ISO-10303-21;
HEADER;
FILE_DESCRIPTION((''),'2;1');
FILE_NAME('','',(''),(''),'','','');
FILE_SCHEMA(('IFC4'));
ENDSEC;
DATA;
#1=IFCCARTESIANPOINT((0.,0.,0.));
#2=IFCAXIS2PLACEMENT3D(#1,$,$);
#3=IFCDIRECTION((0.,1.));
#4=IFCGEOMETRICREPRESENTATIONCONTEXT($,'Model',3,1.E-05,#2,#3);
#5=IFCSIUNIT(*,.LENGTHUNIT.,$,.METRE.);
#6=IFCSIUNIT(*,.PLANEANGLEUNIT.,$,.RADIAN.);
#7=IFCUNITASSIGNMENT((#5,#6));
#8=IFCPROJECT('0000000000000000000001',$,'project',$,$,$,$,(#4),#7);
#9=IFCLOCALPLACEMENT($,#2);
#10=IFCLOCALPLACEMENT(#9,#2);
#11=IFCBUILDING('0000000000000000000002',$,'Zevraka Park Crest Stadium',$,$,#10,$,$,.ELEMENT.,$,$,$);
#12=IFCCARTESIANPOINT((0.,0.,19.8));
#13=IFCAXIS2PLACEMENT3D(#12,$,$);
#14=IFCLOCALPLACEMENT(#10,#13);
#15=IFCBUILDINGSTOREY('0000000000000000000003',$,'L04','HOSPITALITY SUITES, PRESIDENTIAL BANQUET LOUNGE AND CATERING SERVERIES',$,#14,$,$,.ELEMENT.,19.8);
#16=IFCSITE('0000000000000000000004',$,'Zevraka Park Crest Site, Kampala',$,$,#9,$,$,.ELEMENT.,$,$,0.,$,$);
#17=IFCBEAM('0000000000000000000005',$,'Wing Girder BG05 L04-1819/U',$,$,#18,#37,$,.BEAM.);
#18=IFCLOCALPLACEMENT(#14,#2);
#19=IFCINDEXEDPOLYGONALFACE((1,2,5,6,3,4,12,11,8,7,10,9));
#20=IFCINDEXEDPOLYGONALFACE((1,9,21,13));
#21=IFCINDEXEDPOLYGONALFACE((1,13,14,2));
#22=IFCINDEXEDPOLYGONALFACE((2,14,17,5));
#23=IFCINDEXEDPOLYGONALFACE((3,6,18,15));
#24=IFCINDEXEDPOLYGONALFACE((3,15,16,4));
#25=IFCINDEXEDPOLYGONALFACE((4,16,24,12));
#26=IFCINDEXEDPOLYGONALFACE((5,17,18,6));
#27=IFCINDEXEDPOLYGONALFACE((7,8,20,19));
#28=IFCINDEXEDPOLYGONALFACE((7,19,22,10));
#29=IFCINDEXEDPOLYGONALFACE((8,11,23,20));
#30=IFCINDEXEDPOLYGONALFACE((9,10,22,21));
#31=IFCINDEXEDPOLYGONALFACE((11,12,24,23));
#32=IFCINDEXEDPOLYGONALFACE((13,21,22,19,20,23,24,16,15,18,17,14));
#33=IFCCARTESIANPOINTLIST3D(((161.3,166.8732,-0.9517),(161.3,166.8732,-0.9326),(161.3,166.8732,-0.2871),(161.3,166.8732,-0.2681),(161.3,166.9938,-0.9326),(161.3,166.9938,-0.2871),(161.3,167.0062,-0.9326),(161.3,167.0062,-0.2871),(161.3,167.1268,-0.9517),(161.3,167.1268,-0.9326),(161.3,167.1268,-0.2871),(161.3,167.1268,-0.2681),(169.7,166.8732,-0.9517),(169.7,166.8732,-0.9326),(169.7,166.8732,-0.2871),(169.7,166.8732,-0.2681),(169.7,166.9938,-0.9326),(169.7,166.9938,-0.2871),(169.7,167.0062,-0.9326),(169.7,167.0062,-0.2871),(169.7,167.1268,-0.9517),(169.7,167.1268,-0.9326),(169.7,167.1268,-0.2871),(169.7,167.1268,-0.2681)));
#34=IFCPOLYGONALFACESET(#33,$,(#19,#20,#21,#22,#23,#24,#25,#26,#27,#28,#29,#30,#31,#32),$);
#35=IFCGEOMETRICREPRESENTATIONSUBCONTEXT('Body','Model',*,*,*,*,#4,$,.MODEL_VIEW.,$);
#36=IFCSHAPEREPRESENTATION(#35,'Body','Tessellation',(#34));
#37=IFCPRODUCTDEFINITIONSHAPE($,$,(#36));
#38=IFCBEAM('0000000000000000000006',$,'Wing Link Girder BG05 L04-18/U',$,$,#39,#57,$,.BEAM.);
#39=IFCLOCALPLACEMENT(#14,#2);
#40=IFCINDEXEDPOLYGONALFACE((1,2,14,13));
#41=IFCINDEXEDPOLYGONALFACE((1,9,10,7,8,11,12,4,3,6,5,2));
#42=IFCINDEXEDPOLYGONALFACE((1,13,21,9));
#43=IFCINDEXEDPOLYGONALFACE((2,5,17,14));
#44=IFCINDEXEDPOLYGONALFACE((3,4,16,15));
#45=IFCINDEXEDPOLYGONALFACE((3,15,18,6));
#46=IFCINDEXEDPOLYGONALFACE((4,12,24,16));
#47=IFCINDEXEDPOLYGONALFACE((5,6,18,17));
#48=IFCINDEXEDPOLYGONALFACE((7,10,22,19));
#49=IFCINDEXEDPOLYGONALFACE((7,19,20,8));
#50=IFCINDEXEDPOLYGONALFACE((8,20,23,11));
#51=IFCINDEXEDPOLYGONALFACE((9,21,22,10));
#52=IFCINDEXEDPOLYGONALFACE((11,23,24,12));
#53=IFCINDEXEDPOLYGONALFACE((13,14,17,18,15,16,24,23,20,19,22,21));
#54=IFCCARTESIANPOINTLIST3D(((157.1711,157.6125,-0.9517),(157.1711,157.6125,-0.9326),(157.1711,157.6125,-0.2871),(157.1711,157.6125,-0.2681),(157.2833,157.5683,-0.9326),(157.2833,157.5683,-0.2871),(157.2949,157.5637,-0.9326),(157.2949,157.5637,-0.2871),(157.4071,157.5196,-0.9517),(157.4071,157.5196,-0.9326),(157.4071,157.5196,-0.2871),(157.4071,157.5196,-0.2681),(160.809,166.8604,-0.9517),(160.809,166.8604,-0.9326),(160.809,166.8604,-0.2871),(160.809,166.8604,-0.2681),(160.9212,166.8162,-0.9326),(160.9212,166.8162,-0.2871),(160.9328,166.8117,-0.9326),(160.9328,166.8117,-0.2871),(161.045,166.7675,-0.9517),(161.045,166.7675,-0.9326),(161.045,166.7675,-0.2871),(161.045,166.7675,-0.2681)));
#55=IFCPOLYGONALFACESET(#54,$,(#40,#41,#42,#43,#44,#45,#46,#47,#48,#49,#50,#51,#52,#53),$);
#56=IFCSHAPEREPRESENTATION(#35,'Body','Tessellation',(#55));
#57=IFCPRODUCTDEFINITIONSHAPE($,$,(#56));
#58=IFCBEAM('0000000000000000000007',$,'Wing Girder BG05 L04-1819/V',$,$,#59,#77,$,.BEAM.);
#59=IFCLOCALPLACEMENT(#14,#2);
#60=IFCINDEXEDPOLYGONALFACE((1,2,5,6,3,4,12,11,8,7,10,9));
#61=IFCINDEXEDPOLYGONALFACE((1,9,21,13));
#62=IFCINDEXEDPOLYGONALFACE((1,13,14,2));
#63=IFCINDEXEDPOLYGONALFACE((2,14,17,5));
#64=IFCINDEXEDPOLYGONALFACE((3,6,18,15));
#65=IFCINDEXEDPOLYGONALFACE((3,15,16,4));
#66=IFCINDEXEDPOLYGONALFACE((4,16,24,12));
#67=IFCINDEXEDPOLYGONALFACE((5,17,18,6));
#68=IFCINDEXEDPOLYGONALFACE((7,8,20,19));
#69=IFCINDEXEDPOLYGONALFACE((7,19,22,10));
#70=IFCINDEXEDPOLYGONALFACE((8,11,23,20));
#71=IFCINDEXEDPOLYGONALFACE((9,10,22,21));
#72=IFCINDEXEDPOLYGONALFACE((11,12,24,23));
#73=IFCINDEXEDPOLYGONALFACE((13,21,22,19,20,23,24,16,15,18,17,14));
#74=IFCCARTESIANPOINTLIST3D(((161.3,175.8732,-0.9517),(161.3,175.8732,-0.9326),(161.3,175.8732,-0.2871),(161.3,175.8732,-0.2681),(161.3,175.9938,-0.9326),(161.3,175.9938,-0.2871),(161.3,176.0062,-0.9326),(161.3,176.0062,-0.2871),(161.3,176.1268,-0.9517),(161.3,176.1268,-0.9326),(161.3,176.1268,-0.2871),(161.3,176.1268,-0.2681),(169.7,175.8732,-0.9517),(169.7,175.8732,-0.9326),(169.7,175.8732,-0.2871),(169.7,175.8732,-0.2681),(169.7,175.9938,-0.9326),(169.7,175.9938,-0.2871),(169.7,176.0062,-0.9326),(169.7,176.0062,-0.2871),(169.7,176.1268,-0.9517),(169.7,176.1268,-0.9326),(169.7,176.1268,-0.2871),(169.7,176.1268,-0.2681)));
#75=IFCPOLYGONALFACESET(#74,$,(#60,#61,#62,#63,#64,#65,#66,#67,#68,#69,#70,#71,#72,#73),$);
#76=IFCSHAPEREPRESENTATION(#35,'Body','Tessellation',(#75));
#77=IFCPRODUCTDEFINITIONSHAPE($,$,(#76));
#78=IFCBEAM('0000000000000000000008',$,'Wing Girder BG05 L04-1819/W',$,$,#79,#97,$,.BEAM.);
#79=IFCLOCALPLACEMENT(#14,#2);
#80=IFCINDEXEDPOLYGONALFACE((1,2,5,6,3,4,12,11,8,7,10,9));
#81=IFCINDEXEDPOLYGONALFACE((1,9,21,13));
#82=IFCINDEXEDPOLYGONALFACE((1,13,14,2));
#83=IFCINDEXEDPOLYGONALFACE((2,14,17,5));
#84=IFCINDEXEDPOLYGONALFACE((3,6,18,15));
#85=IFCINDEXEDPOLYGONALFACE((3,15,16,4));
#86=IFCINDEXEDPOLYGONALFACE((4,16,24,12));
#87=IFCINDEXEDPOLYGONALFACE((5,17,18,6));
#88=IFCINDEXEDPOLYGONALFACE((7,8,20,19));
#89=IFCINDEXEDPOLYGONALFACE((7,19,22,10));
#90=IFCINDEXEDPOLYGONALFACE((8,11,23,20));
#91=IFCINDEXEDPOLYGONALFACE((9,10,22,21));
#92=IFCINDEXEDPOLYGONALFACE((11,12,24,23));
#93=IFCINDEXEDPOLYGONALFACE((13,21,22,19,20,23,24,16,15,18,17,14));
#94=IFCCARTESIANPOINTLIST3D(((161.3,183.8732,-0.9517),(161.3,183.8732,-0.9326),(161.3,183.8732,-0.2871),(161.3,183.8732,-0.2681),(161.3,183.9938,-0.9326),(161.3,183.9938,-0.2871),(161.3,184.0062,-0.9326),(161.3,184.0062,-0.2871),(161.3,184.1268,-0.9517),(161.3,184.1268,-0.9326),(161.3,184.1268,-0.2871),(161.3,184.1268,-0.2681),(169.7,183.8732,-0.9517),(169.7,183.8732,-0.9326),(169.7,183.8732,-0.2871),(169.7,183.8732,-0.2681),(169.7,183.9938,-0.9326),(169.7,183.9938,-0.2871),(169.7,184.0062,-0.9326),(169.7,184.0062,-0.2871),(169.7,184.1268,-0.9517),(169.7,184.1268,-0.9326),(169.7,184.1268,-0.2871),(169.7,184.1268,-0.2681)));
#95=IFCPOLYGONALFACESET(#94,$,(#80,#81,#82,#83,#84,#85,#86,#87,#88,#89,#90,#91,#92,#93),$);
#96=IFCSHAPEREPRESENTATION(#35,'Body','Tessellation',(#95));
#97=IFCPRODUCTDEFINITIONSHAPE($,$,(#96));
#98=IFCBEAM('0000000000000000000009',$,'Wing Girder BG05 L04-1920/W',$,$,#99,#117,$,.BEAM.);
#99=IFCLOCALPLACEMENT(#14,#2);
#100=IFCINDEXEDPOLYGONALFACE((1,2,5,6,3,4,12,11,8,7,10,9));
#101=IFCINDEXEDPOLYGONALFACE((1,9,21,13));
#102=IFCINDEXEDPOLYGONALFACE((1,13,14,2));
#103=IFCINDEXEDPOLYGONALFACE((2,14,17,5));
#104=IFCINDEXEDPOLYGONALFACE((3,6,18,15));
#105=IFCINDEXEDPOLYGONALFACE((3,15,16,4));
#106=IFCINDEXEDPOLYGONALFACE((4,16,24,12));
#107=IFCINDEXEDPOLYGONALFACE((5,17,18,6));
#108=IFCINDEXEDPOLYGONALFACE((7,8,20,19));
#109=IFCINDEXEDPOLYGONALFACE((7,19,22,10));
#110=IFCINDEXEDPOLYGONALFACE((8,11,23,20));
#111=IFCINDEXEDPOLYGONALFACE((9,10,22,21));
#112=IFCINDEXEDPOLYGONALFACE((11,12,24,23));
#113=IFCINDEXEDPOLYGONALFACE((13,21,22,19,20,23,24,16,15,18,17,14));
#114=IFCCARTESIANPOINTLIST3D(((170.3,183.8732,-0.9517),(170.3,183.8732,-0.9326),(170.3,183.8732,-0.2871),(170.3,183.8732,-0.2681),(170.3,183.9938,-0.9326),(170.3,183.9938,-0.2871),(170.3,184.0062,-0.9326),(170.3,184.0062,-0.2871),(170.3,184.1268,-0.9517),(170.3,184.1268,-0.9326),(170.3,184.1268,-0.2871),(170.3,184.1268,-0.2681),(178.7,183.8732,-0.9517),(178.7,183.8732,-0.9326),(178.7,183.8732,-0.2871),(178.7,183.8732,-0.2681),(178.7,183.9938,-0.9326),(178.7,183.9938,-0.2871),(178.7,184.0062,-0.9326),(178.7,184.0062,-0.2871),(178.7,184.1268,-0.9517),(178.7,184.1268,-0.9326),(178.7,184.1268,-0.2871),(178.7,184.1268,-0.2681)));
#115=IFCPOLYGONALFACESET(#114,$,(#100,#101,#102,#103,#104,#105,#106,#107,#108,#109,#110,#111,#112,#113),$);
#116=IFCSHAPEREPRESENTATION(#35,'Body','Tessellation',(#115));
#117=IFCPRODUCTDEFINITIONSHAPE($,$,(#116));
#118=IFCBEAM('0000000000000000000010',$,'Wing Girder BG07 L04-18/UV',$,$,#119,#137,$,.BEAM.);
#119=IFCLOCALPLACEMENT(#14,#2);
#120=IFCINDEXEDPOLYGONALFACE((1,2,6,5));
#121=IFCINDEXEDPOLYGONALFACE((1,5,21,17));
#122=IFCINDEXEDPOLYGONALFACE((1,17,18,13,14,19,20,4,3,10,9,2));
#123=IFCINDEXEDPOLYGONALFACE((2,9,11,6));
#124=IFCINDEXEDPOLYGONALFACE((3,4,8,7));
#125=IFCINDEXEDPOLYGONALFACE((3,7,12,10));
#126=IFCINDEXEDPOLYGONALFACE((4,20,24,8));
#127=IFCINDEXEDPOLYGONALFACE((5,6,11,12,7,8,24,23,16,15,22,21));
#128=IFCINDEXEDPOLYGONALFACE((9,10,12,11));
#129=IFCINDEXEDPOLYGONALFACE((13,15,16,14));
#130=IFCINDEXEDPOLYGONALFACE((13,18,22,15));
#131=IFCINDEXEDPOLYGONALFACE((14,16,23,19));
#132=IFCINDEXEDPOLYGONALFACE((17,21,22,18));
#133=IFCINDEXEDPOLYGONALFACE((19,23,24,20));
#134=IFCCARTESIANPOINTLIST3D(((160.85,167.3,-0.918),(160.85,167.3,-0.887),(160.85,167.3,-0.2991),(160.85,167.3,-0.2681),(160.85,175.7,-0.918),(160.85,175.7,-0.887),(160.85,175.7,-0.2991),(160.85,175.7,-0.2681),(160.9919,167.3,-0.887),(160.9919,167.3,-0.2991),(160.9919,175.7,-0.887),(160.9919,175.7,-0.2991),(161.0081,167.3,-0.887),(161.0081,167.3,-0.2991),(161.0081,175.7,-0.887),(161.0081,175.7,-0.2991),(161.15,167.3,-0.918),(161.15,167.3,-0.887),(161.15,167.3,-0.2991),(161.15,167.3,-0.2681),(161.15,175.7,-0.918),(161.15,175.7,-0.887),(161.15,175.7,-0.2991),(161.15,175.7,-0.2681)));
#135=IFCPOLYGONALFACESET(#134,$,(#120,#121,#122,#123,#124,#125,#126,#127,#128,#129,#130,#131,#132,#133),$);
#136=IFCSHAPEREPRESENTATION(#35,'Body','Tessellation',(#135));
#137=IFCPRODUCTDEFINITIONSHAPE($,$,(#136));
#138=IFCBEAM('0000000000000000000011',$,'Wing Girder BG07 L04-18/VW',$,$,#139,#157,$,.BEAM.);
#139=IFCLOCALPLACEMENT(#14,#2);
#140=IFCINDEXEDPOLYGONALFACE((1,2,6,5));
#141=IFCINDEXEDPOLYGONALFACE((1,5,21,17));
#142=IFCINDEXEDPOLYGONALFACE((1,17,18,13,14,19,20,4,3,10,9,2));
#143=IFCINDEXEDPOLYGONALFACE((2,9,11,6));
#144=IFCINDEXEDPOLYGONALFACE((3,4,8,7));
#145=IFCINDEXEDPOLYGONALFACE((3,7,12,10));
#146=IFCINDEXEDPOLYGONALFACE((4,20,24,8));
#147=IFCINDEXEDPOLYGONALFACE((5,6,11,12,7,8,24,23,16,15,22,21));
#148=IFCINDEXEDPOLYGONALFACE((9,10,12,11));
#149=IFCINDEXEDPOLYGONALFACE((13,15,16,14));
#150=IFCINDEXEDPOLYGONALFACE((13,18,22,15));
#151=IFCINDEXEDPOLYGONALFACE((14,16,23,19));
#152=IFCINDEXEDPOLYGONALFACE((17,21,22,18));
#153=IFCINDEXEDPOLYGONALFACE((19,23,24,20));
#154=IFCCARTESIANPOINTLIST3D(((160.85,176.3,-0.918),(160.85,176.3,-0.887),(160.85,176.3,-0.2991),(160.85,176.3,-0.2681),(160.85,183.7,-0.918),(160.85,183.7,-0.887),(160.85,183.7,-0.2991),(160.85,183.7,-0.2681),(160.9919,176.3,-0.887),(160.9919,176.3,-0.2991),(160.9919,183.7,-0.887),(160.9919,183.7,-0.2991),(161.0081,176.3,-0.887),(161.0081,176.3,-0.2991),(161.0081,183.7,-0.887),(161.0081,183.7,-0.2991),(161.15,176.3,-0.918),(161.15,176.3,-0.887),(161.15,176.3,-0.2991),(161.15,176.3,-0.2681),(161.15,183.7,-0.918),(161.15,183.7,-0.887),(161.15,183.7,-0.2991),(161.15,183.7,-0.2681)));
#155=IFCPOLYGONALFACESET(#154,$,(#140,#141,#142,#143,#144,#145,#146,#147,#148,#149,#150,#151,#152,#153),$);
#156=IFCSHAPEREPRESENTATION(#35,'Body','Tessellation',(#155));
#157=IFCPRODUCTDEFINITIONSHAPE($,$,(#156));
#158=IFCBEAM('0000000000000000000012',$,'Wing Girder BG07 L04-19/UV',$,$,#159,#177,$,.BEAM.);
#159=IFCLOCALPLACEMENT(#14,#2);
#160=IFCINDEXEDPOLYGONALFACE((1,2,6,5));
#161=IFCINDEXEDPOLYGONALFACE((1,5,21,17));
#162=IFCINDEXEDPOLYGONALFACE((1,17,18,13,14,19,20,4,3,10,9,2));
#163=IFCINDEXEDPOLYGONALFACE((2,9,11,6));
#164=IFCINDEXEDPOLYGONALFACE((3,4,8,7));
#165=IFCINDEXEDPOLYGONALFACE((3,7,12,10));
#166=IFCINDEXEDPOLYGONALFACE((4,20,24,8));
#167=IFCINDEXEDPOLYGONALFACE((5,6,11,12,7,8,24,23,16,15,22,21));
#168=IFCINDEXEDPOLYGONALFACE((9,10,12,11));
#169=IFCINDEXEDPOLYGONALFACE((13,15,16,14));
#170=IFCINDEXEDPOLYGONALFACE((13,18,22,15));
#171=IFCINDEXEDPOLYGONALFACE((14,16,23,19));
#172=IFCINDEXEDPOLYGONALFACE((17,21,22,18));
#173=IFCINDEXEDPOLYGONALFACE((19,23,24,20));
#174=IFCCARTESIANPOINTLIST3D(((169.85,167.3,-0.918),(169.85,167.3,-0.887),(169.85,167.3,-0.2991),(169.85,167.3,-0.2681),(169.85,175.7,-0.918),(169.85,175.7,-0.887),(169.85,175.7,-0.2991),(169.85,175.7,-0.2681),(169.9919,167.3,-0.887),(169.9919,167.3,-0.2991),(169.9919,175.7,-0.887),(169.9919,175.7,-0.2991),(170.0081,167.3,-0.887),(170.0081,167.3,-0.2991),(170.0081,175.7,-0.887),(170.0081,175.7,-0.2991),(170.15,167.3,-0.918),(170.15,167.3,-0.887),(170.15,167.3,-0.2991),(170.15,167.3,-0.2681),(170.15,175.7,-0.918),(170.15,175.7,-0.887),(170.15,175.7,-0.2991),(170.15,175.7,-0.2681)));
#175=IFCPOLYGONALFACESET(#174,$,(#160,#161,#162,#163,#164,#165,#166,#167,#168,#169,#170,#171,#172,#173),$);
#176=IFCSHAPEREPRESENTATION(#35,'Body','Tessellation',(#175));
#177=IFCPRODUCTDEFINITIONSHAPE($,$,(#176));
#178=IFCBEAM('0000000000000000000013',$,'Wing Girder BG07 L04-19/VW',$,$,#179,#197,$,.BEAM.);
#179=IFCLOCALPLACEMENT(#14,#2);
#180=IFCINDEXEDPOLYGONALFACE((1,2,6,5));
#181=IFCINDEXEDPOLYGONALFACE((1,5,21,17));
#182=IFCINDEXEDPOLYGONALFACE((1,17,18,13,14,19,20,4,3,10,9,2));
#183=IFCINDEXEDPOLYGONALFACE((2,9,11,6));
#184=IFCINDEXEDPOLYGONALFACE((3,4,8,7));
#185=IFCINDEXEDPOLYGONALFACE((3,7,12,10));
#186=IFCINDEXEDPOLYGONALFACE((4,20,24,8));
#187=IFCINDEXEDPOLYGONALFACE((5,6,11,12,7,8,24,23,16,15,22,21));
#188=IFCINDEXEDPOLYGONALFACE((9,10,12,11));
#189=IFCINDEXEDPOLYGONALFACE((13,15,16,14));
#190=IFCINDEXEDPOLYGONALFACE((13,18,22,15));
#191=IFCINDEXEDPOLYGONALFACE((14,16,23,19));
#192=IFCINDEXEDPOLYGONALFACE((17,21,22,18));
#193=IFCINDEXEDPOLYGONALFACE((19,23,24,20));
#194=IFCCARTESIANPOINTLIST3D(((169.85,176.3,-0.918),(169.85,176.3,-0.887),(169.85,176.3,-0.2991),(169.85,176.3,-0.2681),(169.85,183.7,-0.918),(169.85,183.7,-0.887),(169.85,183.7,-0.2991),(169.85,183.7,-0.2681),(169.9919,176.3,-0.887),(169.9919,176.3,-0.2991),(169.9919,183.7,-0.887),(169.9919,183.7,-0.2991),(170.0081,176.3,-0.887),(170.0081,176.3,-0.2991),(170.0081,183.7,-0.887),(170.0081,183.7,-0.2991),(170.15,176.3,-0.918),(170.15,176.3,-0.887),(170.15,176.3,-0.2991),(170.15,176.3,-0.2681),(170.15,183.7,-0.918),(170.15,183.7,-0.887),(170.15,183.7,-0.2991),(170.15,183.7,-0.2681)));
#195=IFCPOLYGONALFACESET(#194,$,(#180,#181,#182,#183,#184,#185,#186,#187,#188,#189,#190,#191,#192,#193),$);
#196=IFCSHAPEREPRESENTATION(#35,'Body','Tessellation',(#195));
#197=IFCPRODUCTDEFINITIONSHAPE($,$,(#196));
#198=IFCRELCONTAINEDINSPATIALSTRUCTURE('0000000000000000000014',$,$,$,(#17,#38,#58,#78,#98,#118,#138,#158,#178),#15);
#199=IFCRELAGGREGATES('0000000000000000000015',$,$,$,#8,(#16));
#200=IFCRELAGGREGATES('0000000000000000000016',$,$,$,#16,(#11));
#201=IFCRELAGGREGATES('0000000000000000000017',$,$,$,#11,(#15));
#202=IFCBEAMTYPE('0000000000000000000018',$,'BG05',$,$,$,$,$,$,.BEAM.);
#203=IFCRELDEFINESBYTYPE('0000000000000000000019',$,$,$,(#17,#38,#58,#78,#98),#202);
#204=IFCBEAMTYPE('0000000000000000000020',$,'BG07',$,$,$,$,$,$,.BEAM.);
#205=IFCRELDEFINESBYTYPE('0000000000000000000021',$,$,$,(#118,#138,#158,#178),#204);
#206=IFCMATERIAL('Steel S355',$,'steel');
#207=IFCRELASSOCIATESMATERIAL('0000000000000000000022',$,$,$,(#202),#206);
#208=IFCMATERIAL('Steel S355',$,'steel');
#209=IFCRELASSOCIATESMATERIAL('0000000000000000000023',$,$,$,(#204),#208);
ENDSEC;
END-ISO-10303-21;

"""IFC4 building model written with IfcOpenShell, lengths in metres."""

from ifc_helpers import new_model, si_unit, direction, frame, origin, origin_2d, place, context, subcontext, project, spatial, i_section, extrude, material, material_profile, profile_set, type_object, element, save


model = new_model("IFC4")

# Units and contexts
model_context = context("Model", 3, precision=1e-05, world=origin(), true_north=direction((0.0, 1.0)))
body_context = subcontext(model_context, "Body", "Model", "MODEL_VIEW")
ifc_project = project(units=[si_unit("LENGTHUNIT", "METRE"), si_unit("PLANEANGLEUNIT", "RADIAN")], contexts=[model_context])

# Site, building, storey
site_placement = place(None, origin())
site = spatial("IfcSite", under=ifc_project, at=site_placement, Name="Zevraka Park Crest Site, Kampala", CompositionType="ELEMENT", RefElevation=0.0)
building_placement = place(site_placement, origin())
building = spatial("IfcBuilding", under=site, at=building_placement, Name="Zevraka Park Crest Stadium", CompositionType="ELEMENT")
storey_placement = place(building_placement, frame((0.0, 0.0, 19.8)))
storey = spatial("IfcBuildingStorey", under=building, at=storey_placement, Name="L04", Description="HOSPITALITY SUITES, PRESIDENTIAL BANQUET LOUNGE AND CATERING SERVERIES", CompositionType="ELEMENT", Elevation=19.8)

# Beams
ifc_material_1 = material(Name="Steel S355", Category="steel")
ifc_material_profile_1 = material_profile(ifc_material_1, i_section(OverallWidth=0.2537, OverallDepth=0.6836, WebThickness=0.0125, FlangeThickness=0.019, at=origin_2d()), Name="UKB 686x254x140")
ifc_profile_set_1 = profile_set([ifc_material_profile_1], Name="Steel S355")
beam_type_1 = type_object("IfcBeamType", Name="BG05", PredefinedType="BEAM", material=ifc_profile_set_1)
beam_1_placement = place(storey_placement, frame((161.3, 167.0, -0.6099), z_axis=(1.0, 0.0, 0.0), x_axis=(0.0, 1.0, 0.0)))
element("IfcBeam", 1, at=beam_1_placement, inside=storey, type_object=beam_type_1, Name="Wing Girder BG05 L04-1819/U", PredefinedType="BEAM", context=body_context, shape_type="SweptSolid", body=[
    extrude(i_section(OverallWidth=0.2537, OverallDepth=0.6836, WebThickness=0.0125, FlangeThickness=0.019, at=origin_2d()), origin(), (0.0, 0.0, 1.0), 8.3999),
])
beam_2_placement = place(storey_placement, frame((160.927, 166.814, -0.6099), z_axis=(-0.366069, -0.930588, 0.0), x_axis=(0.930588, -0.366069, 0.0)))
element("IfcBeam", 2, at=beam_2_placement, inside=storey, type_object=beam_type_1, Name="Wing Link Girder BG05 L04-18/U", PredefinedType="BEAM", context=body_context, shape_type="SweptSolid", body=[
    extrude(i_section(OverallWidth=0.2537, OverallDepth=0.6836, WebThickness=0.0125, FlangeThickness=0.019, at=origin_2d()), origin(), (0.0, 0.0, 1.0), 9.9377),
])
for number, where, z_axis, x_axis, name in (
    (3, (161.3, 176.0, -0.6099), (1.0, 0.0, 0.0), (0.0, 1.0, 0.0), "Wing Girder BG05 L04-1819/V"),
    (4, (161.3, 184.0, -0.6099), (1.0, 0.0, 0.0), (0.0, 1.0, 0.0), "Wing Girder BG05 L04-1819/W"),
    (5, (170.3, 184.0, -0.6099), (1.0, 0.0, 0.0), (0.0, 1.0, 0.0), "Wing Girder BG05 L04-1920/W"),
):
    element("IfcBeam", number, at=place(storey_placement, frame(where, z_axis=z_axis, x_axis=x_axis)), inside=storey, type_object=beam_type_1, Name=name, PredefinedType="BEAM", context=body_context, shape_type="SweptSolid", body=[
        extrude(i_section(OverallWidth=0.2537, OverallDepth=0.6836, WebThickness=0.0125, FlangeThickness=0.019, at=origin_2d()), origin(), (0.0, 0.0, 1.0), 8.3999),
    ])
ifc_material_2 = material(Name="Steel S355", Category="steel")
ifc_material_profile_2 = material_profile(ifc_material_2, i_section(OverallWidth=0.3, OverallDepth=0.6499, WebThickness=0.0161, FlangeThickness=0.031, at=origin_2d()), Name="HEB 650")
ifc_profile_set_2 = profile_set([ifc_material_profile_2], Name="Steel S355")
beam_type_2 = type_object("IfcBeamType", Name="BG07", PredefinedType="BEAM", material=ifc_profile_set_2)
beam_3_placement = place(storey_placement, frame((161.0, 167.3, -0.593), z_axis=(0.0, 1.0, 0.0), x_axis=(-1.0, 0.0, 0.0)))
element("IfcBeam", 6, at=beam_3_placement, inside=storey, type_object=beam_type_2, Name="Wing Girder BG07 L04-18/UV", PredefinedType="BEAM", context=body_context, shape_type="SweptSolid", body=[
    extrude(i_section(OverallWidth=0.3, OverallDepth=0.6499, WebThickness=0.0161, FlangeThickness=0.031, at=origin_2d()), origin(), (0.0, 0.0, 1.0), 8.3999),
])
beam_4_placement = place(storey_placement, frame((161.0, 176.3, -0.593), z_axis=(0.0, 1.0, 0.0), x_axis=(-1.0, 0.0, 0.0)))
element("IfcBeam", 7, at=beam_4_placement, inside=storey, type_object=beam_type_2, Name="Wing Girder BG07 L04-18/VW", PredefinedType="BEAM", context=body_context, shape_type="SweptSolid", body=[
    extrude(i_section(OverallWidth=0.3, OverallDepth=0.6499, WebThickness=0.0161, FlangeThickness=0.031, at=origin_2d()), origin(), (0.0, 0.0, 1.0), 7.3999),
])
beam_5_placement = place(storey_placement, frame((170.0, 167.3, -0.593), z_axis=(0.0, 1.0, 0.0), x_axis=(-1.0, 0.0, 0.0)))
element("IfcBeam", 8, at=beam_5_placement, inside=storey, type_object=beam_type_2, Name="Wing Girder BG07 L04-19/UV", PredefinedType="BEAM", context=body_context, shape_type="SweptSolid", body=[
    extrude(i_section(OverallWidth=0.3, OverallDepth=0.6499, WebThickness=0.0161, FlangeThickness=0.031, at=origin_2d()), origin(), (0.0, 0.0, 1.0), 8.3999),
])
beam_6_placement = place(storey_placement, frame((170.0, 176.3, -0.593), z_axis=(0.0, 1.0, 0.0), x_axis=(-1.0, 0.0, 0.0)))
element("IfcBeam", 9, at=beam_6_placement, inside=storey, type_object=beam_type_2, Name="Wing Girder BG07 L04-19/VW", PredefinedType="BEAM", context=body_context, shape_type="SweptSolid", body=[
    extrude(i_section(OverallWidth=0.3, OverallDepth=0.6499, WebThickness=0.0161, FlangeThickness=0.031, at=origin_2d()), origin(), (0.0, 0.0, 1.0), 7.3999),
])

save(model, "model.ifc")
